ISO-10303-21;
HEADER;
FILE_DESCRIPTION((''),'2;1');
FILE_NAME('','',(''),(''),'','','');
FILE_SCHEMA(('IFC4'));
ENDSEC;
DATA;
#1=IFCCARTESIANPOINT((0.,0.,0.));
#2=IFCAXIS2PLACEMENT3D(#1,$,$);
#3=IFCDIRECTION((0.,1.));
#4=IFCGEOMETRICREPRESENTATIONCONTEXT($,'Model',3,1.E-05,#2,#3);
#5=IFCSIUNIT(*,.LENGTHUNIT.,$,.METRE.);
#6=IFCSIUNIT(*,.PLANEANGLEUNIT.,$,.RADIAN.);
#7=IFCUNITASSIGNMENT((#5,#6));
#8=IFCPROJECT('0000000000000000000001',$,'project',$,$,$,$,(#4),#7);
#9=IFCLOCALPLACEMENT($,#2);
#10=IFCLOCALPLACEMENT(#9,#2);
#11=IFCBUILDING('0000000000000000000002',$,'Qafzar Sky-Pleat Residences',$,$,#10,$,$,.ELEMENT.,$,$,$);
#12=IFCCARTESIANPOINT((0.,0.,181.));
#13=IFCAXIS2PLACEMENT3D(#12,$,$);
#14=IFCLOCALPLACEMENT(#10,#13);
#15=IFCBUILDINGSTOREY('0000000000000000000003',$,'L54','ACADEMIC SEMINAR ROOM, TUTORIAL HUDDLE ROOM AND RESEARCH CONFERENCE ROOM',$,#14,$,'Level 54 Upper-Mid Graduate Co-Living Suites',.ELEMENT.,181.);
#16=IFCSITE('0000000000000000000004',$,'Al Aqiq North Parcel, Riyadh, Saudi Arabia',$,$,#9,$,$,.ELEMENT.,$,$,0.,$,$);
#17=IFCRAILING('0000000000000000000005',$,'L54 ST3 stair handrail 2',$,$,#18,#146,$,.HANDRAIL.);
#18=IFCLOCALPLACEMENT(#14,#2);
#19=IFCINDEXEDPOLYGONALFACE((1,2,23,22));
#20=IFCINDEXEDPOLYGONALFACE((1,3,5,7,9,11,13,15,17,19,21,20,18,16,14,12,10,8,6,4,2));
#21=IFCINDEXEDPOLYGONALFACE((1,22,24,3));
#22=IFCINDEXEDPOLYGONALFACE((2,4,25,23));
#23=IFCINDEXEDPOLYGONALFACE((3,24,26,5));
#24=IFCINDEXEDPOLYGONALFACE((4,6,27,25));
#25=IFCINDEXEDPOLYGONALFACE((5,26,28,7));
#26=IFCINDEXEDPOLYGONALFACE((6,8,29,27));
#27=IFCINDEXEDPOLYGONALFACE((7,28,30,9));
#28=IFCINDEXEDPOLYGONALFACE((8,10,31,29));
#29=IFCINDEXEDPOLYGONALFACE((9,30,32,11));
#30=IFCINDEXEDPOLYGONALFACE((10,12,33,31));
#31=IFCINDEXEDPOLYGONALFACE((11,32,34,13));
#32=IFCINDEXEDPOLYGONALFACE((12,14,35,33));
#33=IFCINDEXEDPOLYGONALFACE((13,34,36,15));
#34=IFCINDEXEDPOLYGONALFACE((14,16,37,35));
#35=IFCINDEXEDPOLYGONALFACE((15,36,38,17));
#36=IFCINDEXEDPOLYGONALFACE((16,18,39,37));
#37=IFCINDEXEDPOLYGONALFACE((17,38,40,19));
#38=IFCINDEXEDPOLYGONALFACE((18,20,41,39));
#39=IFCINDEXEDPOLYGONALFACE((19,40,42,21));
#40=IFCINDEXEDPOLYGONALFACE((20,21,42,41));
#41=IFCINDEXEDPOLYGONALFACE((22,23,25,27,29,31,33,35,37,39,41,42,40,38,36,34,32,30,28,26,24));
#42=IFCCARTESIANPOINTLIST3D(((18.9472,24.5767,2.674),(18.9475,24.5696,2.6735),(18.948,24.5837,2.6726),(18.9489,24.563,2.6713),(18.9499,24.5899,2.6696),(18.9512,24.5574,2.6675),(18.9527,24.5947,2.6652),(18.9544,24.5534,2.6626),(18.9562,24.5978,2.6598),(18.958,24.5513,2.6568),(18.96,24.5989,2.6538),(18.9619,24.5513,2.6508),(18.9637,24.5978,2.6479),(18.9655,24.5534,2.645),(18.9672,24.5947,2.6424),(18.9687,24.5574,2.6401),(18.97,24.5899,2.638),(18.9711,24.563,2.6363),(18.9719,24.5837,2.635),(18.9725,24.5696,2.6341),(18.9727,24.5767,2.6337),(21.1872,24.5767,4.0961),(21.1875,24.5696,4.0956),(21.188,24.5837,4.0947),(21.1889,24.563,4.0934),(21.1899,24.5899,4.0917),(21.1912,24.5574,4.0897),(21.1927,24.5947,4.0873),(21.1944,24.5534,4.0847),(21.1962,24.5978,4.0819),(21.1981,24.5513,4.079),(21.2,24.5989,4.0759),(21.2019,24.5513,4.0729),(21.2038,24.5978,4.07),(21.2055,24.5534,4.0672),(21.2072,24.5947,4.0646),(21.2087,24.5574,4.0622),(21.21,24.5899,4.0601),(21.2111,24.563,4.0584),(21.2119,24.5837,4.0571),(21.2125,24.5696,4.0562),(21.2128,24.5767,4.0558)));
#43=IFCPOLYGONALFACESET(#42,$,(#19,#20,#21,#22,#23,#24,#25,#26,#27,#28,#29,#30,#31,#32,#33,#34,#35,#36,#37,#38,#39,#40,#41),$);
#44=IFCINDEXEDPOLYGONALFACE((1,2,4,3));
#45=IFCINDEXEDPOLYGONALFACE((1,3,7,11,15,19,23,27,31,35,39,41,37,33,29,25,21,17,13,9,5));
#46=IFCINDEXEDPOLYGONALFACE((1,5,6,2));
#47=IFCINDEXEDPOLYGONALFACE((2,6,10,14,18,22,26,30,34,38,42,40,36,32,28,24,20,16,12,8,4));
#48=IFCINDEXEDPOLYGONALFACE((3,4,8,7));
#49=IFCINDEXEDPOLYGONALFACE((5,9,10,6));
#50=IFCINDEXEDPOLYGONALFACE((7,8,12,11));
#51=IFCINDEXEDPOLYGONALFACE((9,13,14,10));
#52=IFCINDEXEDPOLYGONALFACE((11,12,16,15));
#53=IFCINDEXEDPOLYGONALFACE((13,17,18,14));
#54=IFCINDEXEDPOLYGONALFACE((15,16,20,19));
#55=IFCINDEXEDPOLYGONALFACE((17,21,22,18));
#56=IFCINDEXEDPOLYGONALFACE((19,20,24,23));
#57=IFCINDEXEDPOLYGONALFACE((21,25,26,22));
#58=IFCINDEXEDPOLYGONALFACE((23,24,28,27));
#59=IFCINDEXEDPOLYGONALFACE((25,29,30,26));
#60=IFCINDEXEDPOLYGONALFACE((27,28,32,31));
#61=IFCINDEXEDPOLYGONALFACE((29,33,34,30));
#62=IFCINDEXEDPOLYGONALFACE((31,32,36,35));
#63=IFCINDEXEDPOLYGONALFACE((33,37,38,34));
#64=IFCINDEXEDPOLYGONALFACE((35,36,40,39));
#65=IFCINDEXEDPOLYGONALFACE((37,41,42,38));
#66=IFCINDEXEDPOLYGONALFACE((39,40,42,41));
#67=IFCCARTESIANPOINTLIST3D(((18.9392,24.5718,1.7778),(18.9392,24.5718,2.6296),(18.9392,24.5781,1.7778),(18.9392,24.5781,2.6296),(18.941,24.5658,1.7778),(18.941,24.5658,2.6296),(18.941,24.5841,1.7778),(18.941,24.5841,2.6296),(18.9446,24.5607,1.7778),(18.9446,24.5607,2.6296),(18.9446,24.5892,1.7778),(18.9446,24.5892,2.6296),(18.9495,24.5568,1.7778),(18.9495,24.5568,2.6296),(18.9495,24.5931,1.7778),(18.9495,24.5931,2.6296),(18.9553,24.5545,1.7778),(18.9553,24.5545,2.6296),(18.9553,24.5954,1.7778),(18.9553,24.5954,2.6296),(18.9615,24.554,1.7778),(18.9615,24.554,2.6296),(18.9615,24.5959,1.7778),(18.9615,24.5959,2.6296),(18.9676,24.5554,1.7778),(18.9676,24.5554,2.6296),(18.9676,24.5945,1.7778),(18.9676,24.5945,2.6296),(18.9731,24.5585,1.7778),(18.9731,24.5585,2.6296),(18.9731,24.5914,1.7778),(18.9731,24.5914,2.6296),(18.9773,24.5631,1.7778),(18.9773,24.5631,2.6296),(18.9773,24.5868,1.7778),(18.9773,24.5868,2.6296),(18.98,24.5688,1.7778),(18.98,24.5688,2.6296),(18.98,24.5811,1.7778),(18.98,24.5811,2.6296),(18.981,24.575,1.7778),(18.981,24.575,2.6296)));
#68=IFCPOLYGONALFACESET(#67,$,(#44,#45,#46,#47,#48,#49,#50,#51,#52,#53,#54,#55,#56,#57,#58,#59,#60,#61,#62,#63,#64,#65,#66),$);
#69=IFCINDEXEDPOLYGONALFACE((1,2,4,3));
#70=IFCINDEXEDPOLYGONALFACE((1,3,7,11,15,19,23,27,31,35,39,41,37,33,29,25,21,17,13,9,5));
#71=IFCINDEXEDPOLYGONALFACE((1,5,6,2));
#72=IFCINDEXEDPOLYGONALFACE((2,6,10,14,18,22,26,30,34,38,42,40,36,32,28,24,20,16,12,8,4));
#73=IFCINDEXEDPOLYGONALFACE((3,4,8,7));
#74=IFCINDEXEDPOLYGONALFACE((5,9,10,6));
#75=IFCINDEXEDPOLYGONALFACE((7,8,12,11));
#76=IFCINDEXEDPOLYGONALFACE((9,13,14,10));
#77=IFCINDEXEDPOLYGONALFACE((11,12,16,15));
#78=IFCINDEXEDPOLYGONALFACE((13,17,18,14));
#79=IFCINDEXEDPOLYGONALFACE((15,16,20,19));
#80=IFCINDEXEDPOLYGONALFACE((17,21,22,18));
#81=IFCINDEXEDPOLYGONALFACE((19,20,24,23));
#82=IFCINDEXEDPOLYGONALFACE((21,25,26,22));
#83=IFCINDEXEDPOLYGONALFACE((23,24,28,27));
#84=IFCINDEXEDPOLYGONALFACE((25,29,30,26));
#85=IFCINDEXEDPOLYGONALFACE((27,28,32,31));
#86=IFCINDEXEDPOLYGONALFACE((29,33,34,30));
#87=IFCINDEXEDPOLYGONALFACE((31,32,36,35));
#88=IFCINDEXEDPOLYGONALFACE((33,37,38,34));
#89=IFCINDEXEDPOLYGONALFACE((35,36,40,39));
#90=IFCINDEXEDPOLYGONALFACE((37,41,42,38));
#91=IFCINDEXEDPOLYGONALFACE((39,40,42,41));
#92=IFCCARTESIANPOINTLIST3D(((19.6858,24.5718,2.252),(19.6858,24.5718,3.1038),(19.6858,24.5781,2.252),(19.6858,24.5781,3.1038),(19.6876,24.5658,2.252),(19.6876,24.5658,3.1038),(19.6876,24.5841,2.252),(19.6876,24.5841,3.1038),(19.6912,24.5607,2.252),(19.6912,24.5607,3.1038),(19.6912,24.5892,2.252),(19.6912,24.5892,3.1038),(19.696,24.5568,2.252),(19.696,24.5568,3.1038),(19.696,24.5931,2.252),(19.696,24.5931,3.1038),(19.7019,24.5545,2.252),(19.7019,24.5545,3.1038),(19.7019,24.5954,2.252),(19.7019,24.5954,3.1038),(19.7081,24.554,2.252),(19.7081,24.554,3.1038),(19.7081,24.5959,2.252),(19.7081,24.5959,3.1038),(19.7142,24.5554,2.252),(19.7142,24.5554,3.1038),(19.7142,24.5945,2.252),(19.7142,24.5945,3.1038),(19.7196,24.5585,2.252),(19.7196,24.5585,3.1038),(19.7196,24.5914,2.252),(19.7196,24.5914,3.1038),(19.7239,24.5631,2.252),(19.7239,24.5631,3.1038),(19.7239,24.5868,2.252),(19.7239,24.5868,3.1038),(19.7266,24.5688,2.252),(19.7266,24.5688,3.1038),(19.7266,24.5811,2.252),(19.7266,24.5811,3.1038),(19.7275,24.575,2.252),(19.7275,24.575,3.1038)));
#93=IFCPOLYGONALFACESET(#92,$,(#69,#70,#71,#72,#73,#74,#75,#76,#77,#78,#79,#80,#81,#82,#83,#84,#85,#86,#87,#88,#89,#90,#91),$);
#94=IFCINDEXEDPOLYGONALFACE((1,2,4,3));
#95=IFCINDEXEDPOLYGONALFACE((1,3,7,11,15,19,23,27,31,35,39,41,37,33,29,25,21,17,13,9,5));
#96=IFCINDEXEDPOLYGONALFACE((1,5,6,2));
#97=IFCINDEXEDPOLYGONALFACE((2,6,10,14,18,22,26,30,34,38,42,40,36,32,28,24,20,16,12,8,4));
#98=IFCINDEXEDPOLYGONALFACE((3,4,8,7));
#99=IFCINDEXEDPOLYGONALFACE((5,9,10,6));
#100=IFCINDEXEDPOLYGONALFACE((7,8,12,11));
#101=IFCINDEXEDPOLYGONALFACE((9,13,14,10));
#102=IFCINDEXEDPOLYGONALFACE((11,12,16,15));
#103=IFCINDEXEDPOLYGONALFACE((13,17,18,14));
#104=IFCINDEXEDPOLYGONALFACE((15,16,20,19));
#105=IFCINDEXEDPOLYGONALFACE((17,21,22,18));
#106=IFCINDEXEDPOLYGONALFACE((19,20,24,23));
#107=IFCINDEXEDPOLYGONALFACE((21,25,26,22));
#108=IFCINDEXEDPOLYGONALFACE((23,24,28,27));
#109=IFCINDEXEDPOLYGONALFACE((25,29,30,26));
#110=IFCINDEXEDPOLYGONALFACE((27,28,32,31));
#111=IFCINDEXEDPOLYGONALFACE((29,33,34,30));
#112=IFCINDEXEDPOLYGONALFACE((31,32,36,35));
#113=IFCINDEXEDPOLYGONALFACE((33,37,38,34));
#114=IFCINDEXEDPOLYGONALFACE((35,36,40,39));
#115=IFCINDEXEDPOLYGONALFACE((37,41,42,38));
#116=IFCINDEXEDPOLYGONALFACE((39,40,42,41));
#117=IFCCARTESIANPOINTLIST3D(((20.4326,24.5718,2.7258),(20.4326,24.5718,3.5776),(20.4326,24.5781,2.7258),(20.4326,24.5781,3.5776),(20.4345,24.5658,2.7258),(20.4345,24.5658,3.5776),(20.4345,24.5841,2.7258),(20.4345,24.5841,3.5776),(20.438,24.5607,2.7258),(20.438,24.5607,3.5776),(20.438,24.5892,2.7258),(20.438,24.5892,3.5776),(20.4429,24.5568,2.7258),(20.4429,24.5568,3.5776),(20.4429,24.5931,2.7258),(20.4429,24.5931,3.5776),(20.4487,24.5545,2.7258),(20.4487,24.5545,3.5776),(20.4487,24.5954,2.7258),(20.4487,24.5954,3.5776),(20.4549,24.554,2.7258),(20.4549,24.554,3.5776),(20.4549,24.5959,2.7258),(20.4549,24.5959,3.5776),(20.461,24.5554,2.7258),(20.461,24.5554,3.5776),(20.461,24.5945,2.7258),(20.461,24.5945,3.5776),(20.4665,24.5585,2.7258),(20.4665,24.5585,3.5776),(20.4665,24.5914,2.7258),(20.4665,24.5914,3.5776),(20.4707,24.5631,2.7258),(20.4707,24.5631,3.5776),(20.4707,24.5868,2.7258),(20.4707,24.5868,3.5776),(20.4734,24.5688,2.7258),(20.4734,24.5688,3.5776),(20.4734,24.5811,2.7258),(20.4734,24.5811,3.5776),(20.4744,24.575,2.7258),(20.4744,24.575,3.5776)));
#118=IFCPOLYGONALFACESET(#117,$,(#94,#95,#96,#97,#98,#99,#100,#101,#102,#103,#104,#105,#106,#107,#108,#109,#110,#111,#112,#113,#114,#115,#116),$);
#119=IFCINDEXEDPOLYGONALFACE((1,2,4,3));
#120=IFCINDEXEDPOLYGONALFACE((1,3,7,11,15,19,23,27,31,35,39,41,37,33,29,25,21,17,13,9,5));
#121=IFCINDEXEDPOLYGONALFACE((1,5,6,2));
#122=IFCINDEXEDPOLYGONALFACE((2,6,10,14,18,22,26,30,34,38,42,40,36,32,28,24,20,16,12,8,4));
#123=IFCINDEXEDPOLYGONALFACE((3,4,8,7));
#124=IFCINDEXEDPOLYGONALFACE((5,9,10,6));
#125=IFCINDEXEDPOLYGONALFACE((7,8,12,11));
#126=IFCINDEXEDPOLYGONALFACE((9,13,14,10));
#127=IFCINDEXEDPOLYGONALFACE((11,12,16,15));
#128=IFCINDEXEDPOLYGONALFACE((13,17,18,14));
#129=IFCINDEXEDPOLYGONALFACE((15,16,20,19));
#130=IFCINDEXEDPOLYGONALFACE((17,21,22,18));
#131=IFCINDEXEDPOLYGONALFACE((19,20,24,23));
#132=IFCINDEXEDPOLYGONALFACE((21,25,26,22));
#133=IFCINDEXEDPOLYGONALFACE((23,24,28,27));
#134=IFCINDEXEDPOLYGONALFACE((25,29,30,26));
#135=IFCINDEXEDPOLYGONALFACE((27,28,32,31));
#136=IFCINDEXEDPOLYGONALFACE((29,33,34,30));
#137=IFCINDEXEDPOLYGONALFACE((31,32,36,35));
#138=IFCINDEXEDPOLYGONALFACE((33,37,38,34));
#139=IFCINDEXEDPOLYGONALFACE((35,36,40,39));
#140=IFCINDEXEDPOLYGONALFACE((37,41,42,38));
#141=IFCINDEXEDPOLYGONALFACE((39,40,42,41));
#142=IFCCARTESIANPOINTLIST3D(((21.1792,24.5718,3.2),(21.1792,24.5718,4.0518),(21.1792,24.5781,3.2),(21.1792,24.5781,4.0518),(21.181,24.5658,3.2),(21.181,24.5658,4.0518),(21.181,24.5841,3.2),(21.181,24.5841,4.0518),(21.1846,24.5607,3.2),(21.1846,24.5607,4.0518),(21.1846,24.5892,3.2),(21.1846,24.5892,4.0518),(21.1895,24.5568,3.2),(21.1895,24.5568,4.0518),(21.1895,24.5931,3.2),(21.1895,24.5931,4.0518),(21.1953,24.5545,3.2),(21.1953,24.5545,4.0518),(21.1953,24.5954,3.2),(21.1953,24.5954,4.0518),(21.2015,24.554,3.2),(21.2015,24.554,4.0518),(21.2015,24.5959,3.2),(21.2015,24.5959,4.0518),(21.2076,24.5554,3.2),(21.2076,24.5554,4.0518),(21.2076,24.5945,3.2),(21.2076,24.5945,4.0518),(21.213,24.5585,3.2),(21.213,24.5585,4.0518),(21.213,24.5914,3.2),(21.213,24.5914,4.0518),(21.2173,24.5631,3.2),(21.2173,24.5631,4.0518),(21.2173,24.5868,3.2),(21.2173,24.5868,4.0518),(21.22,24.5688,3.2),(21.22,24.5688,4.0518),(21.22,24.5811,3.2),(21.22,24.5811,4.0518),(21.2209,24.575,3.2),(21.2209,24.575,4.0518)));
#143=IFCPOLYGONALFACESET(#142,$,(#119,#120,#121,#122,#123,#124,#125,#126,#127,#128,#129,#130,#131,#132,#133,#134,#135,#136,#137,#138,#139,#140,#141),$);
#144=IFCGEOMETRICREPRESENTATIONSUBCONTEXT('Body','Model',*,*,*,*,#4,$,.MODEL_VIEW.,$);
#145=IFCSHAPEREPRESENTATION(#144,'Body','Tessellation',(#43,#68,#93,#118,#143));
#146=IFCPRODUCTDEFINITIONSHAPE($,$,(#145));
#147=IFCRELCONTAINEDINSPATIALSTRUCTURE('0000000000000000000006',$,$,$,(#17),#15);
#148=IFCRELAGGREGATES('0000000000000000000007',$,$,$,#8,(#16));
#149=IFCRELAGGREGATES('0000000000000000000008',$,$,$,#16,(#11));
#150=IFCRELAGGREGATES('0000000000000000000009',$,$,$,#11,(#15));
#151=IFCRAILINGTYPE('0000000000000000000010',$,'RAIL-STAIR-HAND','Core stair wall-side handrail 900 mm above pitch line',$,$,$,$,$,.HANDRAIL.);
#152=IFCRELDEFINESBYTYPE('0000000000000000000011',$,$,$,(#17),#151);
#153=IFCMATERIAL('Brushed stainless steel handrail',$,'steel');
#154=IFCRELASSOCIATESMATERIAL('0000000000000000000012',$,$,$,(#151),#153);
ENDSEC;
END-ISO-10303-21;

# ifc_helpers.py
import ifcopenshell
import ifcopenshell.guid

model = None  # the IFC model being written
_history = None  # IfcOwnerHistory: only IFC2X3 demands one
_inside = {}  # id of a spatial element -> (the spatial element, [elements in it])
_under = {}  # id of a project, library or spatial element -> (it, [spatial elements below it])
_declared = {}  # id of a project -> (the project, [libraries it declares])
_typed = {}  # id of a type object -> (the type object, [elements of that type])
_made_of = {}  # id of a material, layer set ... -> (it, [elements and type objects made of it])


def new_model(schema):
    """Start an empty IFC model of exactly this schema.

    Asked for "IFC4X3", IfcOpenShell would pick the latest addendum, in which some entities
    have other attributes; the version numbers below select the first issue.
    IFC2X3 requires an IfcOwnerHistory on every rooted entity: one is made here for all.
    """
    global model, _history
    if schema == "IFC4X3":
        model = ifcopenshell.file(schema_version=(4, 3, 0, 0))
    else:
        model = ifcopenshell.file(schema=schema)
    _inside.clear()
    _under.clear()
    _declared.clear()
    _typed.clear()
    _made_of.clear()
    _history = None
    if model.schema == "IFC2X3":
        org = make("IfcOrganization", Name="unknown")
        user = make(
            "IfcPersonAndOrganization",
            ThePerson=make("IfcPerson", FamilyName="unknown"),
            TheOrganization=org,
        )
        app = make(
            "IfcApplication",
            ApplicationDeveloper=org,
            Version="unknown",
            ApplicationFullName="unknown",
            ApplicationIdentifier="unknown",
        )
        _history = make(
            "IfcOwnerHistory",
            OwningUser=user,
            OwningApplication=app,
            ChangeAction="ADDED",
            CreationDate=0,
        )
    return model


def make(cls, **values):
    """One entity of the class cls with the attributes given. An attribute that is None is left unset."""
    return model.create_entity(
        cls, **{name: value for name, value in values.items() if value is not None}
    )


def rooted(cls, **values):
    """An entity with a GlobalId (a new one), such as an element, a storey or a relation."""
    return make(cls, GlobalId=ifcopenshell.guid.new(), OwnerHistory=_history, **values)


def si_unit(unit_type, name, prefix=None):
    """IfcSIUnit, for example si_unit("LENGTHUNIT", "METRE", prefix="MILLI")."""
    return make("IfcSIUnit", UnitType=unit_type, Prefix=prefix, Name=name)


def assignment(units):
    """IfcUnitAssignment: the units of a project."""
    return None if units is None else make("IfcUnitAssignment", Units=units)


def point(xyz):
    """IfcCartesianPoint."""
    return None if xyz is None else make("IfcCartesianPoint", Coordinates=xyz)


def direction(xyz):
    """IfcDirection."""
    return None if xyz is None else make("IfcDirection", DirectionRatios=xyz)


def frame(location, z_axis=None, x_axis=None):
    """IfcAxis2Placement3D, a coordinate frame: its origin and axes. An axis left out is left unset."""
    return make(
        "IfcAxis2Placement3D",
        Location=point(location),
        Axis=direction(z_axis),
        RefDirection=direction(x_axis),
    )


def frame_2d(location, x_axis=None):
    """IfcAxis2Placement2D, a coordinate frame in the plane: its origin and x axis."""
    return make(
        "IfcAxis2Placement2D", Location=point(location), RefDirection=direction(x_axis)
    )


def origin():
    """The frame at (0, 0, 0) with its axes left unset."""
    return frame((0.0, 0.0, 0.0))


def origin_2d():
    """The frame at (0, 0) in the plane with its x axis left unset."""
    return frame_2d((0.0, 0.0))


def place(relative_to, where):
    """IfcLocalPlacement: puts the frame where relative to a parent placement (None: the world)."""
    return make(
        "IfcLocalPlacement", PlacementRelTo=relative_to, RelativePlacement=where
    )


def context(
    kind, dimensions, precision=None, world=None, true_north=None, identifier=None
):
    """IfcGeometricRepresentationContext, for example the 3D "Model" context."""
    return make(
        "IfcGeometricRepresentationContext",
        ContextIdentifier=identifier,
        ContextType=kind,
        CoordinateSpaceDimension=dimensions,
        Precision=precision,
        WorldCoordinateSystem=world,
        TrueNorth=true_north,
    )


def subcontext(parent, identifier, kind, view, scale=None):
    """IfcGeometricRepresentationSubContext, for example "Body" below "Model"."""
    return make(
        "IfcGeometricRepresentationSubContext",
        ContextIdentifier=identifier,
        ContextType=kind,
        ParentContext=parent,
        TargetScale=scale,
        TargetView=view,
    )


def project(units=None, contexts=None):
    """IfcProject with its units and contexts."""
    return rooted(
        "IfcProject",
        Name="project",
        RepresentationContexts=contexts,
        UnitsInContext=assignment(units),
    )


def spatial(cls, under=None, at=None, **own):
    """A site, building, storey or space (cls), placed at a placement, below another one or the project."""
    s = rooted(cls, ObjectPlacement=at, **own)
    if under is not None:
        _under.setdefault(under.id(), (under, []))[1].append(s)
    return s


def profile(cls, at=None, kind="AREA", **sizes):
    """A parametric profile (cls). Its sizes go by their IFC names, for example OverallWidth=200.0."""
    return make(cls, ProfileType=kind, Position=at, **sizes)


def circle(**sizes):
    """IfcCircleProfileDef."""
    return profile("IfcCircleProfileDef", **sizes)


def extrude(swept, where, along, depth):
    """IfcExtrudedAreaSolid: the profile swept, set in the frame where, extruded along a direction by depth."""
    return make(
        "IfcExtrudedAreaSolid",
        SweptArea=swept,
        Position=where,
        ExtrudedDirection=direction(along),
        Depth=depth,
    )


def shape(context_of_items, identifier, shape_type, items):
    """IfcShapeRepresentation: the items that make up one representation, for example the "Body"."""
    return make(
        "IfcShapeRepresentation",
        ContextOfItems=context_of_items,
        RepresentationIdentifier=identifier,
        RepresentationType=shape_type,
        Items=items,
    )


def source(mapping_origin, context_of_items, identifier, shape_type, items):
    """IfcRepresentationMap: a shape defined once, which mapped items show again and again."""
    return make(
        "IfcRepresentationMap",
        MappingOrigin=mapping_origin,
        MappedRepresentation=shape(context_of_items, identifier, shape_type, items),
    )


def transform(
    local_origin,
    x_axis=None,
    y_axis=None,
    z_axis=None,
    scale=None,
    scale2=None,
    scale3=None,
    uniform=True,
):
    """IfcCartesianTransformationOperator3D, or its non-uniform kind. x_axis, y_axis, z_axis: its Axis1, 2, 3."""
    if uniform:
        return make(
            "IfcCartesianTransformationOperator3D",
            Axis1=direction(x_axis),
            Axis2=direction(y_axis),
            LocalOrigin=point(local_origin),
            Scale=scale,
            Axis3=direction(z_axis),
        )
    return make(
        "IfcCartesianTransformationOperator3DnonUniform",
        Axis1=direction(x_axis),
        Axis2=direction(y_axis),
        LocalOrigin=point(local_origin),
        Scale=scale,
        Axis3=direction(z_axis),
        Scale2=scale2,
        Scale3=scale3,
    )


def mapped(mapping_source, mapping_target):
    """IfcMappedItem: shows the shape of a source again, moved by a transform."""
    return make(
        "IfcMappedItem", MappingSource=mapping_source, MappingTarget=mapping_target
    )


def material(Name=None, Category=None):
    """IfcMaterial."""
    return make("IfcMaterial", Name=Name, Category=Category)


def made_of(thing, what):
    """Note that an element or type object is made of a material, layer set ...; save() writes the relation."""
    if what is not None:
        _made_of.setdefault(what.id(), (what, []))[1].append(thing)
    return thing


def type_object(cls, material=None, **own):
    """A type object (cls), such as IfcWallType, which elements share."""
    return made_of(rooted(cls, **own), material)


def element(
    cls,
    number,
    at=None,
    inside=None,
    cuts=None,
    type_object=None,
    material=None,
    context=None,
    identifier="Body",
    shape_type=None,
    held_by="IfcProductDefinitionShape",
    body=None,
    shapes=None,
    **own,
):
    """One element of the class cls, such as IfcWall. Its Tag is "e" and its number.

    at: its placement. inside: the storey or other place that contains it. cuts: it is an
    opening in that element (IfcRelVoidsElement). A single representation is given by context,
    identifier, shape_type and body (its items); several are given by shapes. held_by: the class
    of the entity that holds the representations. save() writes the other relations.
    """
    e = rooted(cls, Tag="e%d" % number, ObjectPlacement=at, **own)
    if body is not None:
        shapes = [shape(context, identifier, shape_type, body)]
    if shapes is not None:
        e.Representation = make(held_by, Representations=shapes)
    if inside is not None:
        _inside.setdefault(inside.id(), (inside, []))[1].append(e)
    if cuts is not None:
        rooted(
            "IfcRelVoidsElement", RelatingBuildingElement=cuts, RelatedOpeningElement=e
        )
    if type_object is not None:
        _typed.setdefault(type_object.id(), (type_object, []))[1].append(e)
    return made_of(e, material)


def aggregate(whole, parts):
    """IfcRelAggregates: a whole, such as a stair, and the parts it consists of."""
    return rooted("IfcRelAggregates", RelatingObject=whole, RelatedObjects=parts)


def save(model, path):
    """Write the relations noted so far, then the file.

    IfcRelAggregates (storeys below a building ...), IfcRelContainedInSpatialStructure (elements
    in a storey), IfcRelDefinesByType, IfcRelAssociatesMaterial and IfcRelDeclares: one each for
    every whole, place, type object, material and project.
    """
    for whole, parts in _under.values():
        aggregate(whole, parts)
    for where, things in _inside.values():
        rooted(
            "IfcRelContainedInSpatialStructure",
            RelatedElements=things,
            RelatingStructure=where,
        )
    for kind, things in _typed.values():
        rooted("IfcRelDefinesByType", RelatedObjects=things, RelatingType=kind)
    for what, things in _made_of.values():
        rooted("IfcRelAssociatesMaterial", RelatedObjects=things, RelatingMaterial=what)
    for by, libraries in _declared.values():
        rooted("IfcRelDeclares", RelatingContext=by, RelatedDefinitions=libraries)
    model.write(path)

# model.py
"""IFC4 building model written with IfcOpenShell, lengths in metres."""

from ifc_helpers import new_model, si_unit, direction, frame, origin, origin_2d, place, context, subcontext, project, spatial, circle, extrude, source, transform, mapped, material, type_object, element, save


model = new_model("IFC4")

# Units and contexts
model_context = context("Model", 3, precision=1e-05, world=origin(), true_north=direction((0.0, 1.0)))
body_context = subcontext(model_context, "Body", "Model", "MODEL_VIEW")
ifc_project = project(units=[si_unit("LENGTHUNIT", "METRE"), si_unit("PLANEANGLEUNIT", "RADIAN")], contexts=[model_context])

# Site, building, storey
site_placement = place(None, origin())
site = spatial("IfcSite", under=ifc_project, at=site_placement, Name="Al Aqiq North Parcel, Riyadh, Saudi Arabia", CompositionType="ELEMENT", RefElevation=0.0)
building_placement = place(site_placement, origin())
building = spatial("IfcBuilding", under=site, at=building_placement, Name="Qafzar Sky-Pleat Residences", CompositionType="ELEMENT")
storey_placement = place(building_placement, frame((0.0, 0.0, 181.0)))
storey = spatial("IfcBuildingStorey", under=building, at=storey_placement, Name="L54", Description="ACADEMIC SEMINAR ROOM, TUTORIAL HUDDLE ROOM AND RESEARCH CONFERENCE ROOM", LongName="Level 54 Upper-Mid Graduate Co-Living Suites", CompositionType="ELEMENT", Elevation=181.0)

# Railing
ifc_material_1 = material(Name="Brushed stainless steel handrail", Category="steel")
railing_type_1 = type_object("IfcRailingType", Name="RAIL-STAIR-HAND", Description="Core stair wall-side handrail 900 mm above pitch line", PredefinedType="HANDRAIL", material=ifc_material_1)
shared_shape_1 = source(origin(), body_context, "Body", "SweptSolid", [
    extrude(circle(Radius=0.0239, at=origin_2d()), frame((0.0, 0.0, 0.876), z_axis=(0.844229, 0.0, 0.535982), x_axis=(0.0, 1.0, 0.0)), (0.0, 0.0, 1.0), 2.6533),
    extrude(circle(Radius=0.021, at=origin_2d()), origin(), (0.0, 0.0, 1.0), 0.8518),
    extrude(circle(Radius=0.021, at=origin_2d()), frame((0.7466, 0.0, 0.4741)), (0.0, 0.0, 1.0), 0.8518),
    extrude(circle(Radius=0.021, at=origin_2d()), frame((1.4934, 0.0, 0.948)), (0.0, 0.0, 1.0), 0.8518),
    extrude(circle(Radius=0.021, at=origin_2d()), frame((2.24, 0.0, 1.4221)), (0.0, 0.0, 1.0), 0.8518),
])
railing_1_placement = place(storey_placement, frame((18.96, 24.575, 1.7778)))
element("IfcRailing", 1, at=railing_1_placement, inside=storey, type_object=railing_type_1, Name="L54 ST3 stair handrail 2", PredefinedType="HANDRAIL", context=body_context, shape_type="MappedRepresentation", body=[
    mapped(shared_shape_1, transform((0.0, 0.0, 0.0), x_axis=(1.0, 0.0, 0.0), y_axis=(0.0, 1.0, 0.0), z_axis=(0.0, 0.0, 1.0), scale=1.0)),
])

save(model, "model.ifc")
